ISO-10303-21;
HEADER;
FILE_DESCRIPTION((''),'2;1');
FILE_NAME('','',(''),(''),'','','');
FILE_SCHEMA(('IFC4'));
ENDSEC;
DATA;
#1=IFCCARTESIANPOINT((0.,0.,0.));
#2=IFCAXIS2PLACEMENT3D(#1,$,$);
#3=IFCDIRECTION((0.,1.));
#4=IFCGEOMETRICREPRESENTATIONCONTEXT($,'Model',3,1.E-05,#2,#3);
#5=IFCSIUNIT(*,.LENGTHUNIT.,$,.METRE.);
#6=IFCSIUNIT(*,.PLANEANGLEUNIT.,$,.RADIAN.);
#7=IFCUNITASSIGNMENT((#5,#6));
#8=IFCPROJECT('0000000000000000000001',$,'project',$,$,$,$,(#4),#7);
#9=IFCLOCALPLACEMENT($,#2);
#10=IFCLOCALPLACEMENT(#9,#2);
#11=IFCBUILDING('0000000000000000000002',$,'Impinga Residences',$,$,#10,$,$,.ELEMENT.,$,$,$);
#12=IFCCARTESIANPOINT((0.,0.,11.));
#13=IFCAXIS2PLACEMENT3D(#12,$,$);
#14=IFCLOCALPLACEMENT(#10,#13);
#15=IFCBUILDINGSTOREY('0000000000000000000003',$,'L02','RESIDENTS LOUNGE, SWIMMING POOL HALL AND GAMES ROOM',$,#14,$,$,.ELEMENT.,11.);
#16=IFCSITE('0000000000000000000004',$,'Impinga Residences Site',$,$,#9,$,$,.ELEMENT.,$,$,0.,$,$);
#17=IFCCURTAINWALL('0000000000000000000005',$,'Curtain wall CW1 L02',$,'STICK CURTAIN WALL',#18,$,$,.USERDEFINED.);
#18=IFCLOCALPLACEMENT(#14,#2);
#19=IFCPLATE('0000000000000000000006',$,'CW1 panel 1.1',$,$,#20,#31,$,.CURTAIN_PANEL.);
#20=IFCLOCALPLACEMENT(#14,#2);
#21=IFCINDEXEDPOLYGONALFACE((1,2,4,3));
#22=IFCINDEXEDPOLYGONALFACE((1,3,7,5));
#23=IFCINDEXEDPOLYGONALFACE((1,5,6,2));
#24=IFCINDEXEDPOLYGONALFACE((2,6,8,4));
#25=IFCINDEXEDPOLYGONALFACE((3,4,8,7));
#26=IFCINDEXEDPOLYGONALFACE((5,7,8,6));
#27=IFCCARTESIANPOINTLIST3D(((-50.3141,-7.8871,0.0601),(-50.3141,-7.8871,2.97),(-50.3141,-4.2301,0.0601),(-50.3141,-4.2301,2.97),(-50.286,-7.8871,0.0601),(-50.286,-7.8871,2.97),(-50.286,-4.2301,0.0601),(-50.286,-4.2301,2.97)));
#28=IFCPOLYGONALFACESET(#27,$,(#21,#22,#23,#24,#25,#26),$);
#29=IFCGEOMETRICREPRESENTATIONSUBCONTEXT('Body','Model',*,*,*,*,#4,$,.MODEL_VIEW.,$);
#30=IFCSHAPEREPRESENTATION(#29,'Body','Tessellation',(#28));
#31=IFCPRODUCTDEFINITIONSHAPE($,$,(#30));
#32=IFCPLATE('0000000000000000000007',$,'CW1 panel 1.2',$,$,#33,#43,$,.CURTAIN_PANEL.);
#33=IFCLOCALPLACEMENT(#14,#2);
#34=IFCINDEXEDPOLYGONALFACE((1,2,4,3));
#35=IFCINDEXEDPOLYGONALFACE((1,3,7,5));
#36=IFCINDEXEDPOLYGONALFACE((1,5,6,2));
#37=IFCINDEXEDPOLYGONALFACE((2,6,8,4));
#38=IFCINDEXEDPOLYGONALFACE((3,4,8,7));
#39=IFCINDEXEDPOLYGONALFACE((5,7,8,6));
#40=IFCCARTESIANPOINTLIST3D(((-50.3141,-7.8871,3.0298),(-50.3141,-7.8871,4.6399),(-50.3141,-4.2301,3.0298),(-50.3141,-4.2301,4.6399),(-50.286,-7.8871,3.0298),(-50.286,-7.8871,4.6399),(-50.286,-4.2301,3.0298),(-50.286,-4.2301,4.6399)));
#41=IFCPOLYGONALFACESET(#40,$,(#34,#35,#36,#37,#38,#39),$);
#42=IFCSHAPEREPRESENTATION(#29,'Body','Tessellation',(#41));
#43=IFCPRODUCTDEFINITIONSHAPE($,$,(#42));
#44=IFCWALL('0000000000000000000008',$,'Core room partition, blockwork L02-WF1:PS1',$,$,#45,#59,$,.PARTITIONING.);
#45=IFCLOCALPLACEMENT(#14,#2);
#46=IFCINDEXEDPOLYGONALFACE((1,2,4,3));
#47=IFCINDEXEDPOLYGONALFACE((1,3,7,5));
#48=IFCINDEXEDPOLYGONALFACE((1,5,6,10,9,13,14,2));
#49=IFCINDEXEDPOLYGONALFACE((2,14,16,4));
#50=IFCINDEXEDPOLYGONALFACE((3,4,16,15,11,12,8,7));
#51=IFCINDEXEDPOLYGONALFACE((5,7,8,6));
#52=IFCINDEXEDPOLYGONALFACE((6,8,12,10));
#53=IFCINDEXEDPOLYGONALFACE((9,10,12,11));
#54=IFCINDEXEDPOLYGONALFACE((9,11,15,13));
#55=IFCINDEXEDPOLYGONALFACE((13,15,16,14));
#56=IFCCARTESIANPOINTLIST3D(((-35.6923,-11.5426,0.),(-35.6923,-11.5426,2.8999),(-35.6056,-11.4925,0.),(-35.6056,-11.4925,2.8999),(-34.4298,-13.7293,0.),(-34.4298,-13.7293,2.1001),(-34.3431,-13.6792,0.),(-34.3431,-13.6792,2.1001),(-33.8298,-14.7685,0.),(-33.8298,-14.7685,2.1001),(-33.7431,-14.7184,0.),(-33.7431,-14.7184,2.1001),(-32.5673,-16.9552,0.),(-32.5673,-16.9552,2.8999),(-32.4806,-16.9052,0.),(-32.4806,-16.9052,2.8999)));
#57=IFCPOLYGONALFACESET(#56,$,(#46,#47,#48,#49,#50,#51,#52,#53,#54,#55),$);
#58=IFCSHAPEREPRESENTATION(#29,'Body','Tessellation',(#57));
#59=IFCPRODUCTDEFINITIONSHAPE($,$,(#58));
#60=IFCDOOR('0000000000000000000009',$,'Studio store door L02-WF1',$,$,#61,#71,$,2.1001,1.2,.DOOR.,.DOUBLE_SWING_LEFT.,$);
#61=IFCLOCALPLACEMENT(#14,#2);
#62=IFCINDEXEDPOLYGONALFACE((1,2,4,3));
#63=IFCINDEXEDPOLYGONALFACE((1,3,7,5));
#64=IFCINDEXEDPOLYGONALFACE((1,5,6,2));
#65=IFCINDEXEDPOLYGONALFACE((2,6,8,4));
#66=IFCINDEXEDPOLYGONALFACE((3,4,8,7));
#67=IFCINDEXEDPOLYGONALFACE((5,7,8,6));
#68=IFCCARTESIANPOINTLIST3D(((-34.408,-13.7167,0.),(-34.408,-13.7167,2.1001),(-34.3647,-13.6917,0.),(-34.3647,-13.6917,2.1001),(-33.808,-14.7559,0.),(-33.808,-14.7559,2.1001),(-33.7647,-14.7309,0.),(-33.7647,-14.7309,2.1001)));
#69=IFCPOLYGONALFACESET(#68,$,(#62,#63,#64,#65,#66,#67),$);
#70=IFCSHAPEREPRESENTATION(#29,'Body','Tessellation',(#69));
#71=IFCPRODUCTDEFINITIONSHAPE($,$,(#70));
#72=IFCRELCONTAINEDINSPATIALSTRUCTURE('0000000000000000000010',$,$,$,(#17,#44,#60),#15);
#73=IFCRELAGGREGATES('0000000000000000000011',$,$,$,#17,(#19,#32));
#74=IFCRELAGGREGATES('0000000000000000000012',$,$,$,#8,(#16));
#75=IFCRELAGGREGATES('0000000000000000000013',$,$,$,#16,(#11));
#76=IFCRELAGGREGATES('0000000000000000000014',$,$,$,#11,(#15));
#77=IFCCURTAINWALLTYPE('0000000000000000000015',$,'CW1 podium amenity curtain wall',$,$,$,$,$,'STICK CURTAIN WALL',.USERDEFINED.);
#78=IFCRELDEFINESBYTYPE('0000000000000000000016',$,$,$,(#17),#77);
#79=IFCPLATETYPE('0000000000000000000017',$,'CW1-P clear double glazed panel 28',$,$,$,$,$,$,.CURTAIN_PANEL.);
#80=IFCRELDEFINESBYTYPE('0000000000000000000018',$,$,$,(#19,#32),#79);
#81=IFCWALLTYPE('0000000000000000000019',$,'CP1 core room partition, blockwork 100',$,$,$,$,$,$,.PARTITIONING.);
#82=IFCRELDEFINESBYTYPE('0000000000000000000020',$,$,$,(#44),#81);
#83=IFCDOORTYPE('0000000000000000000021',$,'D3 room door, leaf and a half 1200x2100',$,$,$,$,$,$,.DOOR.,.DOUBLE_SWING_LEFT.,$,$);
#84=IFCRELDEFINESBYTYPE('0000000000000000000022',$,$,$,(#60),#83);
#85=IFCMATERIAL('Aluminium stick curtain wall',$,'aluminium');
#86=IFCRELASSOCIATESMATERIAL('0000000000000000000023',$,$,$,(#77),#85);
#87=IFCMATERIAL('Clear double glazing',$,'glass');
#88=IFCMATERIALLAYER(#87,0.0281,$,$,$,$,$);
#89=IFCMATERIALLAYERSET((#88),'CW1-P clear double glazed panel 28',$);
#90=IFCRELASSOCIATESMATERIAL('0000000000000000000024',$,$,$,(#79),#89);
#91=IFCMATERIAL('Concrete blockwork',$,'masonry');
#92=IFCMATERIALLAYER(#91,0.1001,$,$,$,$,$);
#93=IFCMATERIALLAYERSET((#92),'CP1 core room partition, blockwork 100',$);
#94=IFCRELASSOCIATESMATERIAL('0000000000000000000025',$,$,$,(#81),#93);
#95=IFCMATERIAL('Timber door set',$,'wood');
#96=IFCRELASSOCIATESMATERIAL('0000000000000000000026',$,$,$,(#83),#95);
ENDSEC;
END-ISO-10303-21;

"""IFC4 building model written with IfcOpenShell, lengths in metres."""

from ifc_helpers import new_model, si_unit, direction, frame, frame_2d, origin, origin_2d, place, context, subcontext, project, spatial, rectangle, extrude, material, layer, layer_set, type_object, element, fill, aggregate, save


model = new_model("IFC4")

# Units and contexts
model_context = context("Model", 3, precision=1e-05, world=origin(), true_north=direction((0.0, 1.0)))
body_context = subcontext(model_context, "Body", "Model", "MODEL_VIEW")
ifc_project = project(units=[si_unit("LENGTHUNIT", "METRE"), si_unit("PLANEANGLEUNIT", "RADIAN")], contexts=[model_context])

# Site, building, storey
site_placement = place(None, origin())
site = spatial("IfcSite", under=ifc_project, at=site_placement, Name="Impinga Residences Site", CompositionType="ELEMENT", RefElevation=0.0)
building_placement = place(site_placement, origin())
building = spatial("IfcBuilding", under=site, at=building_placement, Name="Impinga Residences", CompositionType="ELEMENT")
storey_placement = place(building_placement, frame((0.0, 0.0, 11.0)))
storey = spatial("IfcBuildingStorey", under=building, at=storey_placement, Name="L02", Description="RESIDENTS LOUNGE, SWIMMING POOL HALL AND GAMES ROOM", CompositionType="ELEMENT", Elevation=11.0)

# Shared definitions
ifc_material_1 = material(Name="Aluminium stick curtain wall", Category="aluminium")
curtain_wall_type = type_object("IfcCurtainWallType", Name="CW1 podium amenity curtain wall", ElementType="STICK CURTAIN WALL", PredefinedType="USERDEFINED", material=ifc_material_1)

# Curtain wall
curtain_wall_1_placement = place(storey_placement, origin())
curtain_wall_1 = element("IfcCurtainWall", 1, at=curtain_wall_1_placement, inside=storey, type_object=curtain_wall_type, Name="Curtain wall CW1 L02", ObjectType="STICK CURTAIN WALL", PredefinedType="USERDEFINED")

# Plates
ifc_material_2 = material(Name="Clear double glazing", Category="glass")
ifc_layer_1 = layer(ifc_material_2, 0.0281)
ifc_layer_set_1 = layer_set([ifc_layer_1], Name="CW1-P clear double glazed panel 28")
plate_type = type_object("IfcPlateType", Name="CW1-P clear double glazed panel 28", PredefinedType="CURTAIN_PANEL", material=ifc_layer_set_1)
plate_1_placement = place(storey_placement, frame((-50.3, -6.0586, 0.0601), z_axis=(0.0, 0.0, 1.0), x_axis=(0.0, 1.0, 0.0)))
plate_1 = element("IfcPlate", 2, at=plate_1_placement, type_object=plate_type, Name="CW1 panel 1.1", PredefinedType="CURTAIN_PANEL", context=body_context, shape_type="SweptSolid", body=[
    extrude(rectangle(XDim=3.657, YDim=0.0281, at=origin_2d()), origin(), (0.0, 0.0, 1.0), 2.9099),
])
plate_2_placement = place(storey_placement, frame((-50.3, -6.0586, 3.0298), z_axis=(0.0, 0.0, 1.0), x_axis=(0.0, 1.0, 0.0)))
plate_2 = element("IfcPlate", 3, at=plate_2_placement, type_object=plate_type, Name="CW1 panel 1.2", PredefinedType="CURTAIN_PANEL", context=body_context, shape_type="SweptSolid", body=[
    extrude(rectangle(XDim=3.657, YDim=0.0281, at=origin_2d()), origin(), (0.0, 0.0, 1.0), 1.6101),
])
aggregate(curtain_wall_1, [plate_1, plate_2])

# Wall, opening, door
ifc_material_3 = material(Name="Concrete blockwork", Category="masonry")
ifc_layer_2 = layer(ifc_material_3, 0.1001)
ifc_layer_set_2 = layer_set([ifc_layer_2], Name="CP1 core room partition, blockwork 100")
wall_type = type_object("IfcWallType", Name="CP1 core room partition, blockwork 100", PredefinedType="PARTITIONING", material=ifc_layer_set_2)
wall_placement = place(storey_placement, frame((-32.5239, -16.9302, 0.0), z_axis=(0.0, 0.0, 1.0), x_axis=(-0.500004, 0.866023, 0.0)))
wall = element("IfcWall", 4, at=wall_placement, inside=storey, type_object=wall_type, Name="Core room partition, blockwork L02-WF1:PS1", PredefinedType="PARTITIONING", context=body_context, shape_type="SweptSolid", body=[
    extrude(rectangle(XDim=6.25, YDim=0.1001, at=frame_2d((3.125, 0.0))), origin(), (0.0, 0.0, 1.0), 2.8999),
])
opening_placement = place(wall_placement, frame((2.5249, 0.0, 0.0)))
opening = element("IfcOpeningElement", 5, at=opening_placement, cuts=wall, PredefinedType="OPENING", context=body_context, shape_type="SweptSolid", body=[
    extrude(rectangle(XDim=1.2, YDim=2.1001, at=frame_2d((0.6001, 1.05))), frame((0.0, 0.0601, 0.0), z_axis=(0.0, -1.0, 0.0), x_axis=(1.0, 0.0, 0.0)), (0.0, 0.0, 1.0), 0.1201),
])
ifc_material_4 = material(Name="Timber door set", Category="wood")
door_type = type_object("IfcDoorType", Name="D3 room door, leaf and a half 1200x2100", OperationType="DOUBLE_SWING_LEFT", PredefinedType="DOOR", material=ifc_material_4)
door_placement = place(opening_placement, origin())
door = element("IfcDoor", 6, at=door_placement, inside=storey, type_object=door_type, Name="Studio store door L02-WF1", OperationType="DOUBLE_SWING_LEFT", OverallHeight=2.1001, OverallWidth=1.2, PredefinedType="DOOR", context=body_context, shape_type="SweptSolid", body=[
    extrude(rectangle(XDim=1.2, YDim=2.1001, at=frame_2d((0.6001, 1.05))), frame((0.0, 0.0249, 0.0), z_axis=(0.0, -1.0, 0.0), x_axis=(1.0, 0.0, 0.0)), (0.0, 0.0, 1.0), 0.05),
])
fill(opening, door)

save(model, "model.ifc")
